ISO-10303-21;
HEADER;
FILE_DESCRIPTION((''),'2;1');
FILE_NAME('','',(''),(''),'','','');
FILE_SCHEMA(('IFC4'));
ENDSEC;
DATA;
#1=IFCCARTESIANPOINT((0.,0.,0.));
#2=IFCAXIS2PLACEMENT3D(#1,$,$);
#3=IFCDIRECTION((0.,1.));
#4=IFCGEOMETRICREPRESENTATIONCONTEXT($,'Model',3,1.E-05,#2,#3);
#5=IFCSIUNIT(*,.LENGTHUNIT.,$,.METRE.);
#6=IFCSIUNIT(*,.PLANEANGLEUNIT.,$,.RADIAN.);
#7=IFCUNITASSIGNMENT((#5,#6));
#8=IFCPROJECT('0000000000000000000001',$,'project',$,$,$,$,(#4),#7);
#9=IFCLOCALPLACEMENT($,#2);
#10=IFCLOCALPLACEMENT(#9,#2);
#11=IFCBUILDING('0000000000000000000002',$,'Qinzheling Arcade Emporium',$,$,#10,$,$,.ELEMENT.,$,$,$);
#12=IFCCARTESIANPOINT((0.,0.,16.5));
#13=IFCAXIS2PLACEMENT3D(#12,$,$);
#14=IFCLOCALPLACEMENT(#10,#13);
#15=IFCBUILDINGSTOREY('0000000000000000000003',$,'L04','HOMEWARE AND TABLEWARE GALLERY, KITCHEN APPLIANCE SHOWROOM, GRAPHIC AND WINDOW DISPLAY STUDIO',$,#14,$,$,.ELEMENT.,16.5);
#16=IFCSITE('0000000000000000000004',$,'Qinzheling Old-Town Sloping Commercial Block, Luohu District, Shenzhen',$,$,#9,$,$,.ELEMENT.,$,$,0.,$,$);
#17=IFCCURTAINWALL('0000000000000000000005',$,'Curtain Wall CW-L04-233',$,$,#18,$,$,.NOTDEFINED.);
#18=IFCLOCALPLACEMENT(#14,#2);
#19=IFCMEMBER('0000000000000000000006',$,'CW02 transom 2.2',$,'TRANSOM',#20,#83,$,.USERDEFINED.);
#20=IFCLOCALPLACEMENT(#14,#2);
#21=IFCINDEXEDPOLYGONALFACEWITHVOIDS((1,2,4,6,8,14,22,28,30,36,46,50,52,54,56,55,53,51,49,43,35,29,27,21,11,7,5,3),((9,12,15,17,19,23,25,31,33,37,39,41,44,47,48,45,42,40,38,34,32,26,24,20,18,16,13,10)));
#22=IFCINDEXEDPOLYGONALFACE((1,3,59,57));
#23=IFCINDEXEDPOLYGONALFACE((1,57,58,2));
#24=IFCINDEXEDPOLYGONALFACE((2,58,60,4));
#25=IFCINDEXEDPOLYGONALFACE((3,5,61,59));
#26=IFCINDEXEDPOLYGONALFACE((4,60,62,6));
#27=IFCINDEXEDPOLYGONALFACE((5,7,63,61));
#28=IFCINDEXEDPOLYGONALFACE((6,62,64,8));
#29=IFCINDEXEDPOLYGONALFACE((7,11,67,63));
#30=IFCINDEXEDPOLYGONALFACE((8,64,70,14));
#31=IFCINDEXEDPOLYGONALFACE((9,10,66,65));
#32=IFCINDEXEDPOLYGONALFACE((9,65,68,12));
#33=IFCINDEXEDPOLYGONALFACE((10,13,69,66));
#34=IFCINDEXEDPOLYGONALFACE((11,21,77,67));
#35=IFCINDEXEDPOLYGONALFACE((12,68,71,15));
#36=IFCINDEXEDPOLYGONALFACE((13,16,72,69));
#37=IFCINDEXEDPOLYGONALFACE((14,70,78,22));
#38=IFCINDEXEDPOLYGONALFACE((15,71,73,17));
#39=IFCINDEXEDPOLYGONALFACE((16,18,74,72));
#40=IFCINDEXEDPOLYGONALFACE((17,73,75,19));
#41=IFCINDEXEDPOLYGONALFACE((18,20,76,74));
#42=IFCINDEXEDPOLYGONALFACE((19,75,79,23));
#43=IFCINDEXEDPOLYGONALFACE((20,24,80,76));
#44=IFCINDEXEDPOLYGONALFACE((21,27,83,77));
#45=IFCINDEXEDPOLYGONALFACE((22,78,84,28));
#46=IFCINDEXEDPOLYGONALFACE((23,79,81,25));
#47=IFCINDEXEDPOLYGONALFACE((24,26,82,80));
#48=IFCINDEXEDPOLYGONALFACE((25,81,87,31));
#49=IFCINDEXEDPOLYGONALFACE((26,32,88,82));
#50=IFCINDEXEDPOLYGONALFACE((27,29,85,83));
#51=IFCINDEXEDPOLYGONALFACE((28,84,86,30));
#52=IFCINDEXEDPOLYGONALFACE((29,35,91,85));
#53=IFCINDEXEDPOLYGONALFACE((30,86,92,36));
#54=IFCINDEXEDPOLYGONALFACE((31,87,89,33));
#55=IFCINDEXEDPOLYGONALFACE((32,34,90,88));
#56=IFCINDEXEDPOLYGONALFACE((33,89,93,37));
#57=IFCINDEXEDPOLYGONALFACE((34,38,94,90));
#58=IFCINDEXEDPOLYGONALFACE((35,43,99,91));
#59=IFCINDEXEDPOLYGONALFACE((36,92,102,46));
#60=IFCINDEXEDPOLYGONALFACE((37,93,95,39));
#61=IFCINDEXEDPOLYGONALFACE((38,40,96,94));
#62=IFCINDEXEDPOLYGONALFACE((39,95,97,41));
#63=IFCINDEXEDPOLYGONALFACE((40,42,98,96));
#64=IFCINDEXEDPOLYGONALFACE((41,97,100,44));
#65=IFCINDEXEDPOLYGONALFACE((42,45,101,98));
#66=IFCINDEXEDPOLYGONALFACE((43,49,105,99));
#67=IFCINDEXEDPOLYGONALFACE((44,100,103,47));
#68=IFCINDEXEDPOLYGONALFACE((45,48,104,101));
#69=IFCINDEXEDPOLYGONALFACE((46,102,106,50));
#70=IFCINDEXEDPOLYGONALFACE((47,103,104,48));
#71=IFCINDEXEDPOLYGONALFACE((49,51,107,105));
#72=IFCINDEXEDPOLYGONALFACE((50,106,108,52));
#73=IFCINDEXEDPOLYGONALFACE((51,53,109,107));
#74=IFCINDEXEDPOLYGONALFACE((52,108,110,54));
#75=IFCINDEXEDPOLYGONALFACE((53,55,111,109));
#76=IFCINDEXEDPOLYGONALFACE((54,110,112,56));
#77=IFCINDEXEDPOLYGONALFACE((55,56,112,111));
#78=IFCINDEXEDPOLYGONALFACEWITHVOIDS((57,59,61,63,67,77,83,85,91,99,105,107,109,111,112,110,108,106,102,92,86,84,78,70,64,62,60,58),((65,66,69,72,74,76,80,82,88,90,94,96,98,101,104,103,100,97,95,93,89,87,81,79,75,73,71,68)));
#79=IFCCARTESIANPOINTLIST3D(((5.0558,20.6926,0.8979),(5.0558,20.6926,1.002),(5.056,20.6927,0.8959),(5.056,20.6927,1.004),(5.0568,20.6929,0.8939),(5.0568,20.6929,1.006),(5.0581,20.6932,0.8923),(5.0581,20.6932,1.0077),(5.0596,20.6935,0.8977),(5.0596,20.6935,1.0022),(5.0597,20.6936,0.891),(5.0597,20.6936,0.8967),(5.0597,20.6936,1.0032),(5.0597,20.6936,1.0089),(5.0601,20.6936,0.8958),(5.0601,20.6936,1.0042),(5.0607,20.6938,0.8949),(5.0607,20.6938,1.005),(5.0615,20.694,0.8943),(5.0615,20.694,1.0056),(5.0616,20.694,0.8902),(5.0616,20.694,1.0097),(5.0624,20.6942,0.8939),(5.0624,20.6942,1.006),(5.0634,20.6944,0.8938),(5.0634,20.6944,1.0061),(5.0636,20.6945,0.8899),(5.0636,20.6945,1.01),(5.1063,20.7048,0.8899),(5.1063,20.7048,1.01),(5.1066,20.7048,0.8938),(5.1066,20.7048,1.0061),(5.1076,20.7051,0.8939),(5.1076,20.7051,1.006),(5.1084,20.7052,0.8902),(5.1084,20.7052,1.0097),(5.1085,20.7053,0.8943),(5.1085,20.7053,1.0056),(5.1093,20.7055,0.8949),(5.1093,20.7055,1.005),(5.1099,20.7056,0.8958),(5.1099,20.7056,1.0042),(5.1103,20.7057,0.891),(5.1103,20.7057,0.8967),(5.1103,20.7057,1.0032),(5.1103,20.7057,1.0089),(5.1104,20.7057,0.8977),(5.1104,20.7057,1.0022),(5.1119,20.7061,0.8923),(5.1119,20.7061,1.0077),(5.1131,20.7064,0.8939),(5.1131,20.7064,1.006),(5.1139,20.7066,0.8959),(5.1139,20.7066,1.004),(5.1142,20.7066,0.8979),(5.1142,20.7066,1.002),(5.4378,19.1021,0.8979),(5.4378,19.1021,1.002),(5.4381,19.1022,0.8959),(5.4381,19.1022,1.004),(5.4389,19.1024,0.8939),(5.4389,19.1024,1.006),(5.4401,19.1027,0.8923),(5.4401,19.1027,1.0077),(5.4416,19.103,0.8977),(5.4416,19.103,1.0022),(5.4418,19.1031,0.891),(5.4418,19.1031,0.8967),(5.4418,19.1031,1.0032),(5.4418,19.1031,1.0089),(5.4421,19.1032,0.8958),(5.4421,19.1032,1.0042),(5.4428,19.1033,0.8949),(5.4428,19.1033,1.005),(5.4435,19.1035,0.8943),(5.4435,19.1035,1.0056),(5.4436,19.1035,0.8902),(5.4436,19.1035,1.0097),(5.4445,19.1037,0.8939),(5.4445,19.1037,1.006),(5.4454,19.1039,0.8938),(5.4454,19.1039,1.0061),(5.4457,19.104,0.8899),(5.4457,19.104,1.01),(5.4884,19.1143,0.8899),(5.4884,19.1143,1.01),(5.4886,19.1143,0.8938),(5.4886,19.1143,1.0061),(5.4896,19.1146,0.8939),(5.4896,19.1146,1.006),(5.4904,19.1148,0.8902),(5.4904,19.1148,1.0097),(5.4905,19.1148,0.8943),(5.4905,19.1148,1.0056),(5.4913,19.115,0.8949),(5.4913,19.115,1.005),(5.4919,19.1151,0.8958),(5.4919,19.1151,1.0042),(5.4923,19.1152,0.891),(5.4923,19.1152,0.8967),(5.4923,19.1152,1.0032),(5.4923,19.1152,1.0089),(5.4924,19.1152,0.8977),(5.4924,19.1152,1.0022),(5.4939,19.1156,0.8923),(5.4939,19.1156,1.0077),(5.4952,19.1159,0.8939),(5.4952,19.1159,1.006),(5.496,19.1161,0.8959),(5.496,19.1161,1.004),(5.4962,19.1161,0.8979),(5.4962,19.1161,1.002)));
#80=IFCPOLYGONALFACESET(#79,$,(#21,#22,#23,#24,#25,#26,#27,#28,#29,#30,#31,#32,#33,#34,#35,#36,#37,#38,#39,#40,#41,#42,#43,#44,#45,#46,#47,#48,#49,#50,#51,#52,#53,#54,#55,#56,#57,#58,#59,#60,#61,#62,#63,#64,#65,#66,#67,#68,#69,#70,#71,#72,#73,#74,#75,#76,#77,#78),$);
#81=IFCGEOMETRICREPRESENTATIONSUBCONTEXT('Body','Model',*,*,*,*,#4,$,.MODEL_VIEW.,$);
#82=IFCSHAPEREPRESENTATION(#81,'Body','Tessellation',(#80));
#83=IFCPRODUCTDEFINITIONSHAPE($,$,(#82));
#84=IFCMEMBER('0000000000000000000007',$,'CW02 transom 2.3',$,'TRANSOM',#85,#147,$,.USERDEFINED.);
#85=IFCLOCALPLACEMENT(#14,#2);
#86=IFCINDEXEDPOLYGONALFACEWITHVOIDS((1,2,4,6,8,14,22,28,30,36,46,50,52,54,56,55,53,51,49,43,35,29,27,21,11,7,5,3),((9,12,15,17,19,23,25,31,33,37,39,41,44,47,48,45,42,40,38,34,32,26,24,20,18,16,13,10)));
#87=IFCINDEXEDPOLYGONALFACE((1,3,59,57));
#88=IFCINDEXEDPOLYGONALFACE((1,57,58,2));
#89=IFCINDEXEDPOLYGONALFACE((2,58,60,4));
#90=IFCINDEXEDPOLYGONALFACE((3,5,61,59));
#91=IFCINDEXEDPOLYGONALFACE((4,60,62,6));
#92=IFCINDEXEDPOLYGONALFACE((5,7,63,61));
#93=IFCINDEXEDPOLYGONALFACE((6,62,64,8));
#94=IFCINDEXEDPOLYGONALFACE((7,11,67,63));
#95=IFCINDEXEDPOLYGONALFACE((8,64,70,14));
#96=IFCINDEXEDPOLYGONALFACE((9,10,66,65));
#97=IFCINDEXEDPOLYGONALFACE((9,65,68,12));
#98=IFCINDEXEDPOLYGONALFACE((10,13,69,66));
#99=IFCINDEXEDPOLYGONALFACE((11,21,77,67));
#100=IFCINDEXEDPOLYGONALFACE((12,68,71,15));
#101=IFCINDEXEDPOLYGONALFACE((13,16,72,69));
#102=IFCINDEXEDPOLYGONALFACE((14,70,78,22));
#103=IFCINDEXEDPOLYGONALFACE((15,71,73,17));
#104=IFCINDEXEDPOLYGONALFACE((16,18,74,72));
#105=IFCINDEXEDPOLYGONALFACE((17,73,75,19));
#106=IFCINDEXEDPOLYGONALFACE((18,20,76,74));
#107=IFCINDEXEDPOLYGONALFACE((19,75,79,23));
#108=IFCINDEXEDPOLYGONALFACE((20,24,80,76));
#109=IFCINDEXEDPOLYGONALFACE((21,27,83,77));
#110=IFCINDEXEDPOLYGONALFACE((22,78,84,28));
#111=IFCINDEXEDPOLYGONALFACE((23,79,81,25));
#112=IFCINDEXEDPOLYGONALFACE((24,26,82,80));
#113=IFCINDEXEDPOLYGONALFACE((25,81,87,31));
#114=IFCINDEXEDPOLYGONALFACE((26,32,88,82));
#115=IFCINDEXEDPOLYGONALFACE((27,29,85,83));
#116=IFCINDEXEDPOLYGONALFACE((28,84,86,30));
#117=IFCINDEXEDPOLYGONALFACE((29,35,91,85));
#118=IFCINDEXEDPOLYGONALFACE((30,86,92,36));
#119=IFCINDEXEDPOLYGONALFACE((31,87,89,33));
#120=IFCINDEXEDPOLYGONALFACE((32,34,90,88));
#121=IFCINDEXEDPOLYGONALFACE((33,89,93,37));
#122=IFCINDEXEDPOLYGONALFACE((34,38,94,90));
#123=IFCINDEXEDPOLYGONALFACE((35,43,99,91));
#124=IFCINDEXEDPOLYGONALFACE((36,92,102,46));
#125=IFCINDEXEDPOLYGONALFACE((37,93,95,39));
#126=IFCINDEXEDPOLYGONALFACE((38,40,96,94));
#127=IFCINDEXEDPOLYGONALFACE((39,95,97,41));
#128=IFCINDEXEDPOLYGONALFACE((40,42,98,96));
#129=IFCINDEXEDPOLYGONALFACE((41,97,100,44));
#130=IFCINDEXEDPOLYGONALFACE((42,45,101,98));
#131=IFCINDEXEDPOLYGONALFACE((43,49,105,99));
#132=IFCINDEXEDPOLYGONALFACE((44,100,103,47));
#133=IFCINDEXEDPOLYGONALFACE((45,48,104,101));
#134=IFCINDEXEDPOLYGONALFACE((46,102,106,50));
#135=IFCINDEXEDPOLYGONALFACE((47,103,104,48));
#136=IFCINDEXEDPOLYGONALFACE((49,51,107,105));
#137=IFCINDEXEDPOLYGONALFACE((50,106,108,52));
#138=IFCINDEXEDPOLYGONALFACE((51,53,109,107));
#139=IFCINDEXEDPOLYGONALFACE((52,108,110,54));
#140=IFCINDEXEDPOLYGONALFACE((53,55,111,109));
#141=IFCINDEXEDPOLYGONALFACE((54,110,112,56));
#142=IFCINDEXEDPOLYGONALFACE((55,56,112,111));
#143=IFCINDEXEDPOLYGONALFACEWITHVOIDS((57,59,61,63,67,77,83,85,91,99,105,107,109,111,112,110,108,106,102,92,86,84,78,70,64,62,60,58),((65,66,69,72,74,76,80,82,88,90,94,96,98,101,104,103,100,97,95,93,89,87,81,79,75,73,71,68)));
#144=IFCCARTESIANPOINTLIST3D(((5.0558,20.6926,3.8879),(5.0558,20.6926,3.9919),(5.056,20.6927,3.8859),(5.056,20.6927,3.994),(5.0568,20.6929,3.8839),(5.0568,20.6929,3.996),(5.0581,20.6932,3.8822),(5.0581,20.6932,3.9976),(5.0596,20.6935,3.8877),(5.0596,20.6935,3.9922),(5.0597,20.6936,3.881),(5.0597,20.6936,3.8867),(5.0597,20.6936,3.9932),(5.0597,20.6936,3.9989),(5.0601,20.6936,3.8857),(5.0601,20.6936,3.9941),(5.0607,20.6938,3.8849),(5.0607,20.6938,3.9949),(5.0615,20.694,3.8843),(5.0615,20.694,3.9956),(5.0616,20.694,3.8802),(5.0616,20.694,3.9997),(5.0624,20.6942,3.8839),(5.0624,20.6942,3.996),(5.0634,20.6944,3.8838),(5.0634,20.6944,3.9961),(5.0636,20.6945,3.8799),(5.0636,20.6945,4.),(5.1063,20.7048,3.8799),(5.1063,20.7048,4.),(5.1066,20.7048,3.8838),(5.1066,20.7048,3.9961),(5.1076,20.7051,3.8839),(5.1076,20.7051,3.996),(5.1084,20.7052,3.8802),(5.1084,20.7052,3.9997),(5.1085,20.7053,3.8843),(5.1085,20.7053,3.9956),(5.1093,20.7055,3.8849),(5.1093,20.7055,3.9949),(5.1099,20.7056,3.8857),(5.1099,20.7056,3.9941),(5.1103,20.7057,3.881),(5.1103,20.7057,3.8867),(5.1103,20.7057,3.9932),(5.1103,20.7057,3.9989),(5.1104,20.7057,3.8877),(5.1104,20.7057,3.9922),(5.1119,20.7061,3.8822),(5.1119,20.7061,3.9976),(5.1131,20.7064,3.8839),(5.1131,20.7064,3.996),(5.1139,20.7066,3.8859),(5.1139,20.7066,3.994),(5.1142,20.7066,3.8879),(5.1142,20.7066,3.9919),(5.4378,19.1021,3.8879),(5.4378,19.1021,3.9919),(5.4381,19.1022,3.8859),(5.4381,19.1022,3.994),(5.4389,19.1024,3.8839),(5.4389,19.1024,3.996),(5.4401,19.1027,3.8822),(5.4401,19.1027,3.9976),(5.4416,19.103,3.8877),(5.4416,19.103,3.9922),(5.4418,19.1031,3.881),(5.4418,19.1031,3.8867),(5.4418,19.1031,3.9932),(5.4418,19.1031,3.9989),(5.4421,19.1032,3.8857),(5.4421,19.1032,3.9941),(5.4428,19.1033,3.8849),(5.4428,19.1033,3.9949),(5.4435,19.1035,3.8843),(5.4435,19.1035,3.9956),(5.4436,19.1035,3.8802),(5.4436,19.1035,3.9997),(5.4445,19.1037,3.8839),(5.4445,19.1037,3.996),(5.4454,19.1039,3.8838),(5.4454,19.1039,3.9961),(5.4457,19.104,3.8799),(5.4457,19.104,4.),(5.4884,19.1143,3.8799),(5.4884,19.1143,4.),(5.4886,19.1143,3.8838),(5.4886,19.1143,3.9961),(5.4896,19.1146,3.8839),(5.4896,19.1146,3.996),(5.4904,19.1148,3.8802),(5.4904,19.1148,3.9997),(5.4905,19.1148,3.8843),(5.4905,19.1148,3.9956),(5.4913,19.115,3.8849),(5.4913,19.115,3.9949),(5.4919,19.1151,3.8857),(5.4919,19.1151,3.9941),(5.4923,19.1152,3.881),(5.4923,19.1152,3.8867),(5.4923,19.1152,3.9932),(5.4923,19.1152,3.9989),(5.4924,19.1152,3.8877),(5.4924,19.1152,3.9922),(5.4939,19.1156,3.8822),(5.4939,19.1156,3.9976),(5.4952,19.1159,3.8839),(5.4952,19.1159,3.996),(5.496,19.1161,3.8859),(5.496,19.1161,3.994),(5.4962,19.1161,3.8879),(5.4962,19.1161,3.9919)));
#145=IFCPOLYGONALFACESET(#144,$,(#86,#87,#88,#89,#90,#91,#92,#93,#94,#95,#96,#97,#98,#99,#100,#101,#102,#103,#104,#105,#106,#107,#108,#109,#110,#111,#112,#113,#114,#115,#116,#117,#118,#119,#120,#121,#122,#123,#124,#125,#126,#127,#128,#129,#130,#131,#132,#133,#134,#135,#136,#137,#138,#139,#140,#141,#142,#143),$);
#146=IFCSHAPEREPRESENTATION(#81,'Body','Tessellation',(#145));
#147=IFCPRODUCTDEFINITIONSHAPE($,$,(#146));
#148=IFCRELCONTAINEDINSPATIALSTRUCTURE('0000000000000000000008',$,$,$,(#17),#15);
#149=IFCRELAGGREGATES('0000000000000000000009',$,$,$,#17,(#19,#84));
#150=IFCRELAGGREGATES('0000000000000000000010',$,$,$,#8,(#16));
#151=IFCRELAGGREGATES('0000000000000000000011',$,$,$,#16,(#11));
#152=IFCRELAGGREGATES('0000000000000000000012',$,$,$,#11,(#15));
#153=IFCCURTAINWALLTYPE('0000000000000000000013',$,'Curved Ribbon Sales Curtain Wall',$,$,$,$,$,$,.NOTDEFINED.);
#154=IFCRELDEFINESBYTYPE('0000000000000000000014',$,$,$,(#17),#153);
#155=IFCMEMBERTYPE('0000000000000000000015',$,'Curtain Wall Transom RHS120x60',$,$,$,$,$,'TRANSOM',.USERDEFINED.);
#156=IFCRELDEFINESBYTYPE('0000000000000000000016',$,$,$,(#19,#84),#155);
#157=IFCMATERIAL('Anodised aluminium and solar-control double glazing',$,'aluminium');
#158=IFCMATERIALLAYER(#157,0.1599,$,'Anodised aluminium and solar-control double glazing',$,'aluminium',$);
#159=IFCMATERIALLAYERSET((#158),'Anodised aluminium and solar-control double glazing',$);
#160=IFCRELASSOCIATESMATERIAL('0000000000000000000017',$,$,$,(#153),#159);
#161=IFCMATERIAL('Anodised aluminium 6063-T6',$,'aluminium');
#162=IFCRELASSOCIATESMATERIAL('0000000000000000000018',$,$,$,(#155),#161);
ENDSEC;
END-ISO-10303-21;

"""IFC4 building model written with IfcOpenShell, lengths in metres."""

from ifc_helpers import new_model, si_unit, direction, frame, origin, origin_2d, place, context, subcontext, project, spatial, hollow_rectangle, extrude, material, layer, layer_set, material_profile, profile_set, type_object, element, aggregate, save


model = new_model("IFC4")

# Units and contexts
model_context = context("Model", 3, precision=1e-05, world=origin(), true_north=direction((0.0, 1.0)))
body_context = subcontext(model_context, "Body", "Model", "MODEL_VIEW")
ifc_project = project(units=[si_unit("LENGTHUNIT", "METRE"), si_unit("PLANEANGLEUNIT", "RADIAN")], contexts=[model_context])

# Site, building, storey
site_placement = place(None, origin())
site = spatial("IfcSite", under=ifc_project, at=site_placement, Name="Qinzheling Old-Town Sloping Commercial Block, Luohu District, Shenzhen", CompositionType="ELEMENT", RefElevation=0.0)
building_placement = place(site_placement, origin())
building = spatial("IfcBuilding", under=site, at=building_placement, Name="Qinzheling Arcade Emporium", CompositionType="ELEMENT")
storey_placement = place(building_placement, frame((0.0, 0.0, 16.5)))
storey = spatial("IfcBuildingStorey", under=building, at=storey_placement, Name="L04", Description="HOMEWARE AND TABLEWARE GALLERY, KITCHEN APPLIANCE SHOWROOM, GRAPHIC AND WINDOW DISPLAY STUDIO", CompositionType="ELEMENT", Elevation=16.5)

# Curtain wall
ifc_material_1 = material(Name="Anodised aluminium and solar-control double glazing", Category="aluminium")
ifc_layer_1 = layer(ifc_material_1, 0.1599, Name="Anodised aluminium and solar-control double glazing", Category="aluminium")
ifc_layer_set_1 = layer_set([ifc_layer_1], Name="Anodised aluminium and solar-control double glazing")
curtain_wall_type_1 = type_object("IfcCurtainWallType", Name="Curved Ribbon Sales Curtain Wall", PredefinedType="NOTDEFINED", material=ifc_layer_set_1)
curtain_wall_1_placement = place(storey_placement, origin())
curtain_wall_1 = element("IfcCurtainWall", 1, at=curtain_wall_1_placement, inside=storey, type_object=curtain_wall_type_1, Name="Curtain Wall CW-L04-233", PredefinedType="NOTDEFINED")
ifc_material_2 = material(Name="Anodised aluminium 6063-T6", Category="aluminium")

# Members
ifc_material_profile_1 = material_profile(ifc_material_2, hollow_rectangle(XDim=0.0601, YDim=0.1201, WallThickness=0.0039, InnerFilletRadius=0.0039, OuterFilletRadius=0.0081, at=origin_2d()), Name="RHS 120x60x4", Category="aluminium")
ifc_profile_set_1 = profile_set([ifc_material_profile_1], Name="Anodised aluminium 6063-T6")
member_type_1 = type_object("IfcMemberType", Name="Curtain Wall Transom RHS120x60", ElementType="TRANSOM", PredefinedType="USERDEFINED", material=ifc_profile_set_1)
member_1_placement = place(storey_placement, frame((5.467, 19.1091, 0.95), z_axis=(-0.233571, 0.97234, 0.0), x_axis=(-0.97234, -0.233571, 0.0)))
member_1 = element("IfcMember", 2, at=member_1_placement, type_object=member_type_1, Name="CW02 transom 2.2", ObjectType="TRANSOM", PredefinedType="USERDEFINED", context=body_context, shape_type="SweptSolid", body=[
    extrude(hollow_rectangle(XDim=0.0601, YDim=0.1201, WallThickness=0.0039, InnerFilletRadius=0.0039, OuterFilletRadius=0.0081, at=origin_2d()), origin(), (0.0, 0.0, 1.0), 1.6357),
])
member_2_placement = place(storey_placement, frame((5.467, 19.1091, 3.9399), z_axis=(-0.233571, 0.97234, 0.0), x_axis=(-0.97234, -0.233571, 0.0)))
member_2 = element("IfcMember", 3, at=member_2_placement, type_object=member_type_1, Name="CW02 transom 2.3", ObjectType="TRANSOM", PredefinedType="USERDEFINED", context=body_context, shape_type="SweptSolid", body=[
    extrude(hollow_rectangle(XDim=0.0601, YDim=0.1201, WallThickness=0.0039, InnerFilletRadius=0.0039, OuterFilletRadius=0.0081, at=origin_2d()), origin(), (0.0, 0.0, 1.0), 1.6357),
])

aggregate(curtain_wall_1, [member_1, member_2])

save(model, "model.ifc")
